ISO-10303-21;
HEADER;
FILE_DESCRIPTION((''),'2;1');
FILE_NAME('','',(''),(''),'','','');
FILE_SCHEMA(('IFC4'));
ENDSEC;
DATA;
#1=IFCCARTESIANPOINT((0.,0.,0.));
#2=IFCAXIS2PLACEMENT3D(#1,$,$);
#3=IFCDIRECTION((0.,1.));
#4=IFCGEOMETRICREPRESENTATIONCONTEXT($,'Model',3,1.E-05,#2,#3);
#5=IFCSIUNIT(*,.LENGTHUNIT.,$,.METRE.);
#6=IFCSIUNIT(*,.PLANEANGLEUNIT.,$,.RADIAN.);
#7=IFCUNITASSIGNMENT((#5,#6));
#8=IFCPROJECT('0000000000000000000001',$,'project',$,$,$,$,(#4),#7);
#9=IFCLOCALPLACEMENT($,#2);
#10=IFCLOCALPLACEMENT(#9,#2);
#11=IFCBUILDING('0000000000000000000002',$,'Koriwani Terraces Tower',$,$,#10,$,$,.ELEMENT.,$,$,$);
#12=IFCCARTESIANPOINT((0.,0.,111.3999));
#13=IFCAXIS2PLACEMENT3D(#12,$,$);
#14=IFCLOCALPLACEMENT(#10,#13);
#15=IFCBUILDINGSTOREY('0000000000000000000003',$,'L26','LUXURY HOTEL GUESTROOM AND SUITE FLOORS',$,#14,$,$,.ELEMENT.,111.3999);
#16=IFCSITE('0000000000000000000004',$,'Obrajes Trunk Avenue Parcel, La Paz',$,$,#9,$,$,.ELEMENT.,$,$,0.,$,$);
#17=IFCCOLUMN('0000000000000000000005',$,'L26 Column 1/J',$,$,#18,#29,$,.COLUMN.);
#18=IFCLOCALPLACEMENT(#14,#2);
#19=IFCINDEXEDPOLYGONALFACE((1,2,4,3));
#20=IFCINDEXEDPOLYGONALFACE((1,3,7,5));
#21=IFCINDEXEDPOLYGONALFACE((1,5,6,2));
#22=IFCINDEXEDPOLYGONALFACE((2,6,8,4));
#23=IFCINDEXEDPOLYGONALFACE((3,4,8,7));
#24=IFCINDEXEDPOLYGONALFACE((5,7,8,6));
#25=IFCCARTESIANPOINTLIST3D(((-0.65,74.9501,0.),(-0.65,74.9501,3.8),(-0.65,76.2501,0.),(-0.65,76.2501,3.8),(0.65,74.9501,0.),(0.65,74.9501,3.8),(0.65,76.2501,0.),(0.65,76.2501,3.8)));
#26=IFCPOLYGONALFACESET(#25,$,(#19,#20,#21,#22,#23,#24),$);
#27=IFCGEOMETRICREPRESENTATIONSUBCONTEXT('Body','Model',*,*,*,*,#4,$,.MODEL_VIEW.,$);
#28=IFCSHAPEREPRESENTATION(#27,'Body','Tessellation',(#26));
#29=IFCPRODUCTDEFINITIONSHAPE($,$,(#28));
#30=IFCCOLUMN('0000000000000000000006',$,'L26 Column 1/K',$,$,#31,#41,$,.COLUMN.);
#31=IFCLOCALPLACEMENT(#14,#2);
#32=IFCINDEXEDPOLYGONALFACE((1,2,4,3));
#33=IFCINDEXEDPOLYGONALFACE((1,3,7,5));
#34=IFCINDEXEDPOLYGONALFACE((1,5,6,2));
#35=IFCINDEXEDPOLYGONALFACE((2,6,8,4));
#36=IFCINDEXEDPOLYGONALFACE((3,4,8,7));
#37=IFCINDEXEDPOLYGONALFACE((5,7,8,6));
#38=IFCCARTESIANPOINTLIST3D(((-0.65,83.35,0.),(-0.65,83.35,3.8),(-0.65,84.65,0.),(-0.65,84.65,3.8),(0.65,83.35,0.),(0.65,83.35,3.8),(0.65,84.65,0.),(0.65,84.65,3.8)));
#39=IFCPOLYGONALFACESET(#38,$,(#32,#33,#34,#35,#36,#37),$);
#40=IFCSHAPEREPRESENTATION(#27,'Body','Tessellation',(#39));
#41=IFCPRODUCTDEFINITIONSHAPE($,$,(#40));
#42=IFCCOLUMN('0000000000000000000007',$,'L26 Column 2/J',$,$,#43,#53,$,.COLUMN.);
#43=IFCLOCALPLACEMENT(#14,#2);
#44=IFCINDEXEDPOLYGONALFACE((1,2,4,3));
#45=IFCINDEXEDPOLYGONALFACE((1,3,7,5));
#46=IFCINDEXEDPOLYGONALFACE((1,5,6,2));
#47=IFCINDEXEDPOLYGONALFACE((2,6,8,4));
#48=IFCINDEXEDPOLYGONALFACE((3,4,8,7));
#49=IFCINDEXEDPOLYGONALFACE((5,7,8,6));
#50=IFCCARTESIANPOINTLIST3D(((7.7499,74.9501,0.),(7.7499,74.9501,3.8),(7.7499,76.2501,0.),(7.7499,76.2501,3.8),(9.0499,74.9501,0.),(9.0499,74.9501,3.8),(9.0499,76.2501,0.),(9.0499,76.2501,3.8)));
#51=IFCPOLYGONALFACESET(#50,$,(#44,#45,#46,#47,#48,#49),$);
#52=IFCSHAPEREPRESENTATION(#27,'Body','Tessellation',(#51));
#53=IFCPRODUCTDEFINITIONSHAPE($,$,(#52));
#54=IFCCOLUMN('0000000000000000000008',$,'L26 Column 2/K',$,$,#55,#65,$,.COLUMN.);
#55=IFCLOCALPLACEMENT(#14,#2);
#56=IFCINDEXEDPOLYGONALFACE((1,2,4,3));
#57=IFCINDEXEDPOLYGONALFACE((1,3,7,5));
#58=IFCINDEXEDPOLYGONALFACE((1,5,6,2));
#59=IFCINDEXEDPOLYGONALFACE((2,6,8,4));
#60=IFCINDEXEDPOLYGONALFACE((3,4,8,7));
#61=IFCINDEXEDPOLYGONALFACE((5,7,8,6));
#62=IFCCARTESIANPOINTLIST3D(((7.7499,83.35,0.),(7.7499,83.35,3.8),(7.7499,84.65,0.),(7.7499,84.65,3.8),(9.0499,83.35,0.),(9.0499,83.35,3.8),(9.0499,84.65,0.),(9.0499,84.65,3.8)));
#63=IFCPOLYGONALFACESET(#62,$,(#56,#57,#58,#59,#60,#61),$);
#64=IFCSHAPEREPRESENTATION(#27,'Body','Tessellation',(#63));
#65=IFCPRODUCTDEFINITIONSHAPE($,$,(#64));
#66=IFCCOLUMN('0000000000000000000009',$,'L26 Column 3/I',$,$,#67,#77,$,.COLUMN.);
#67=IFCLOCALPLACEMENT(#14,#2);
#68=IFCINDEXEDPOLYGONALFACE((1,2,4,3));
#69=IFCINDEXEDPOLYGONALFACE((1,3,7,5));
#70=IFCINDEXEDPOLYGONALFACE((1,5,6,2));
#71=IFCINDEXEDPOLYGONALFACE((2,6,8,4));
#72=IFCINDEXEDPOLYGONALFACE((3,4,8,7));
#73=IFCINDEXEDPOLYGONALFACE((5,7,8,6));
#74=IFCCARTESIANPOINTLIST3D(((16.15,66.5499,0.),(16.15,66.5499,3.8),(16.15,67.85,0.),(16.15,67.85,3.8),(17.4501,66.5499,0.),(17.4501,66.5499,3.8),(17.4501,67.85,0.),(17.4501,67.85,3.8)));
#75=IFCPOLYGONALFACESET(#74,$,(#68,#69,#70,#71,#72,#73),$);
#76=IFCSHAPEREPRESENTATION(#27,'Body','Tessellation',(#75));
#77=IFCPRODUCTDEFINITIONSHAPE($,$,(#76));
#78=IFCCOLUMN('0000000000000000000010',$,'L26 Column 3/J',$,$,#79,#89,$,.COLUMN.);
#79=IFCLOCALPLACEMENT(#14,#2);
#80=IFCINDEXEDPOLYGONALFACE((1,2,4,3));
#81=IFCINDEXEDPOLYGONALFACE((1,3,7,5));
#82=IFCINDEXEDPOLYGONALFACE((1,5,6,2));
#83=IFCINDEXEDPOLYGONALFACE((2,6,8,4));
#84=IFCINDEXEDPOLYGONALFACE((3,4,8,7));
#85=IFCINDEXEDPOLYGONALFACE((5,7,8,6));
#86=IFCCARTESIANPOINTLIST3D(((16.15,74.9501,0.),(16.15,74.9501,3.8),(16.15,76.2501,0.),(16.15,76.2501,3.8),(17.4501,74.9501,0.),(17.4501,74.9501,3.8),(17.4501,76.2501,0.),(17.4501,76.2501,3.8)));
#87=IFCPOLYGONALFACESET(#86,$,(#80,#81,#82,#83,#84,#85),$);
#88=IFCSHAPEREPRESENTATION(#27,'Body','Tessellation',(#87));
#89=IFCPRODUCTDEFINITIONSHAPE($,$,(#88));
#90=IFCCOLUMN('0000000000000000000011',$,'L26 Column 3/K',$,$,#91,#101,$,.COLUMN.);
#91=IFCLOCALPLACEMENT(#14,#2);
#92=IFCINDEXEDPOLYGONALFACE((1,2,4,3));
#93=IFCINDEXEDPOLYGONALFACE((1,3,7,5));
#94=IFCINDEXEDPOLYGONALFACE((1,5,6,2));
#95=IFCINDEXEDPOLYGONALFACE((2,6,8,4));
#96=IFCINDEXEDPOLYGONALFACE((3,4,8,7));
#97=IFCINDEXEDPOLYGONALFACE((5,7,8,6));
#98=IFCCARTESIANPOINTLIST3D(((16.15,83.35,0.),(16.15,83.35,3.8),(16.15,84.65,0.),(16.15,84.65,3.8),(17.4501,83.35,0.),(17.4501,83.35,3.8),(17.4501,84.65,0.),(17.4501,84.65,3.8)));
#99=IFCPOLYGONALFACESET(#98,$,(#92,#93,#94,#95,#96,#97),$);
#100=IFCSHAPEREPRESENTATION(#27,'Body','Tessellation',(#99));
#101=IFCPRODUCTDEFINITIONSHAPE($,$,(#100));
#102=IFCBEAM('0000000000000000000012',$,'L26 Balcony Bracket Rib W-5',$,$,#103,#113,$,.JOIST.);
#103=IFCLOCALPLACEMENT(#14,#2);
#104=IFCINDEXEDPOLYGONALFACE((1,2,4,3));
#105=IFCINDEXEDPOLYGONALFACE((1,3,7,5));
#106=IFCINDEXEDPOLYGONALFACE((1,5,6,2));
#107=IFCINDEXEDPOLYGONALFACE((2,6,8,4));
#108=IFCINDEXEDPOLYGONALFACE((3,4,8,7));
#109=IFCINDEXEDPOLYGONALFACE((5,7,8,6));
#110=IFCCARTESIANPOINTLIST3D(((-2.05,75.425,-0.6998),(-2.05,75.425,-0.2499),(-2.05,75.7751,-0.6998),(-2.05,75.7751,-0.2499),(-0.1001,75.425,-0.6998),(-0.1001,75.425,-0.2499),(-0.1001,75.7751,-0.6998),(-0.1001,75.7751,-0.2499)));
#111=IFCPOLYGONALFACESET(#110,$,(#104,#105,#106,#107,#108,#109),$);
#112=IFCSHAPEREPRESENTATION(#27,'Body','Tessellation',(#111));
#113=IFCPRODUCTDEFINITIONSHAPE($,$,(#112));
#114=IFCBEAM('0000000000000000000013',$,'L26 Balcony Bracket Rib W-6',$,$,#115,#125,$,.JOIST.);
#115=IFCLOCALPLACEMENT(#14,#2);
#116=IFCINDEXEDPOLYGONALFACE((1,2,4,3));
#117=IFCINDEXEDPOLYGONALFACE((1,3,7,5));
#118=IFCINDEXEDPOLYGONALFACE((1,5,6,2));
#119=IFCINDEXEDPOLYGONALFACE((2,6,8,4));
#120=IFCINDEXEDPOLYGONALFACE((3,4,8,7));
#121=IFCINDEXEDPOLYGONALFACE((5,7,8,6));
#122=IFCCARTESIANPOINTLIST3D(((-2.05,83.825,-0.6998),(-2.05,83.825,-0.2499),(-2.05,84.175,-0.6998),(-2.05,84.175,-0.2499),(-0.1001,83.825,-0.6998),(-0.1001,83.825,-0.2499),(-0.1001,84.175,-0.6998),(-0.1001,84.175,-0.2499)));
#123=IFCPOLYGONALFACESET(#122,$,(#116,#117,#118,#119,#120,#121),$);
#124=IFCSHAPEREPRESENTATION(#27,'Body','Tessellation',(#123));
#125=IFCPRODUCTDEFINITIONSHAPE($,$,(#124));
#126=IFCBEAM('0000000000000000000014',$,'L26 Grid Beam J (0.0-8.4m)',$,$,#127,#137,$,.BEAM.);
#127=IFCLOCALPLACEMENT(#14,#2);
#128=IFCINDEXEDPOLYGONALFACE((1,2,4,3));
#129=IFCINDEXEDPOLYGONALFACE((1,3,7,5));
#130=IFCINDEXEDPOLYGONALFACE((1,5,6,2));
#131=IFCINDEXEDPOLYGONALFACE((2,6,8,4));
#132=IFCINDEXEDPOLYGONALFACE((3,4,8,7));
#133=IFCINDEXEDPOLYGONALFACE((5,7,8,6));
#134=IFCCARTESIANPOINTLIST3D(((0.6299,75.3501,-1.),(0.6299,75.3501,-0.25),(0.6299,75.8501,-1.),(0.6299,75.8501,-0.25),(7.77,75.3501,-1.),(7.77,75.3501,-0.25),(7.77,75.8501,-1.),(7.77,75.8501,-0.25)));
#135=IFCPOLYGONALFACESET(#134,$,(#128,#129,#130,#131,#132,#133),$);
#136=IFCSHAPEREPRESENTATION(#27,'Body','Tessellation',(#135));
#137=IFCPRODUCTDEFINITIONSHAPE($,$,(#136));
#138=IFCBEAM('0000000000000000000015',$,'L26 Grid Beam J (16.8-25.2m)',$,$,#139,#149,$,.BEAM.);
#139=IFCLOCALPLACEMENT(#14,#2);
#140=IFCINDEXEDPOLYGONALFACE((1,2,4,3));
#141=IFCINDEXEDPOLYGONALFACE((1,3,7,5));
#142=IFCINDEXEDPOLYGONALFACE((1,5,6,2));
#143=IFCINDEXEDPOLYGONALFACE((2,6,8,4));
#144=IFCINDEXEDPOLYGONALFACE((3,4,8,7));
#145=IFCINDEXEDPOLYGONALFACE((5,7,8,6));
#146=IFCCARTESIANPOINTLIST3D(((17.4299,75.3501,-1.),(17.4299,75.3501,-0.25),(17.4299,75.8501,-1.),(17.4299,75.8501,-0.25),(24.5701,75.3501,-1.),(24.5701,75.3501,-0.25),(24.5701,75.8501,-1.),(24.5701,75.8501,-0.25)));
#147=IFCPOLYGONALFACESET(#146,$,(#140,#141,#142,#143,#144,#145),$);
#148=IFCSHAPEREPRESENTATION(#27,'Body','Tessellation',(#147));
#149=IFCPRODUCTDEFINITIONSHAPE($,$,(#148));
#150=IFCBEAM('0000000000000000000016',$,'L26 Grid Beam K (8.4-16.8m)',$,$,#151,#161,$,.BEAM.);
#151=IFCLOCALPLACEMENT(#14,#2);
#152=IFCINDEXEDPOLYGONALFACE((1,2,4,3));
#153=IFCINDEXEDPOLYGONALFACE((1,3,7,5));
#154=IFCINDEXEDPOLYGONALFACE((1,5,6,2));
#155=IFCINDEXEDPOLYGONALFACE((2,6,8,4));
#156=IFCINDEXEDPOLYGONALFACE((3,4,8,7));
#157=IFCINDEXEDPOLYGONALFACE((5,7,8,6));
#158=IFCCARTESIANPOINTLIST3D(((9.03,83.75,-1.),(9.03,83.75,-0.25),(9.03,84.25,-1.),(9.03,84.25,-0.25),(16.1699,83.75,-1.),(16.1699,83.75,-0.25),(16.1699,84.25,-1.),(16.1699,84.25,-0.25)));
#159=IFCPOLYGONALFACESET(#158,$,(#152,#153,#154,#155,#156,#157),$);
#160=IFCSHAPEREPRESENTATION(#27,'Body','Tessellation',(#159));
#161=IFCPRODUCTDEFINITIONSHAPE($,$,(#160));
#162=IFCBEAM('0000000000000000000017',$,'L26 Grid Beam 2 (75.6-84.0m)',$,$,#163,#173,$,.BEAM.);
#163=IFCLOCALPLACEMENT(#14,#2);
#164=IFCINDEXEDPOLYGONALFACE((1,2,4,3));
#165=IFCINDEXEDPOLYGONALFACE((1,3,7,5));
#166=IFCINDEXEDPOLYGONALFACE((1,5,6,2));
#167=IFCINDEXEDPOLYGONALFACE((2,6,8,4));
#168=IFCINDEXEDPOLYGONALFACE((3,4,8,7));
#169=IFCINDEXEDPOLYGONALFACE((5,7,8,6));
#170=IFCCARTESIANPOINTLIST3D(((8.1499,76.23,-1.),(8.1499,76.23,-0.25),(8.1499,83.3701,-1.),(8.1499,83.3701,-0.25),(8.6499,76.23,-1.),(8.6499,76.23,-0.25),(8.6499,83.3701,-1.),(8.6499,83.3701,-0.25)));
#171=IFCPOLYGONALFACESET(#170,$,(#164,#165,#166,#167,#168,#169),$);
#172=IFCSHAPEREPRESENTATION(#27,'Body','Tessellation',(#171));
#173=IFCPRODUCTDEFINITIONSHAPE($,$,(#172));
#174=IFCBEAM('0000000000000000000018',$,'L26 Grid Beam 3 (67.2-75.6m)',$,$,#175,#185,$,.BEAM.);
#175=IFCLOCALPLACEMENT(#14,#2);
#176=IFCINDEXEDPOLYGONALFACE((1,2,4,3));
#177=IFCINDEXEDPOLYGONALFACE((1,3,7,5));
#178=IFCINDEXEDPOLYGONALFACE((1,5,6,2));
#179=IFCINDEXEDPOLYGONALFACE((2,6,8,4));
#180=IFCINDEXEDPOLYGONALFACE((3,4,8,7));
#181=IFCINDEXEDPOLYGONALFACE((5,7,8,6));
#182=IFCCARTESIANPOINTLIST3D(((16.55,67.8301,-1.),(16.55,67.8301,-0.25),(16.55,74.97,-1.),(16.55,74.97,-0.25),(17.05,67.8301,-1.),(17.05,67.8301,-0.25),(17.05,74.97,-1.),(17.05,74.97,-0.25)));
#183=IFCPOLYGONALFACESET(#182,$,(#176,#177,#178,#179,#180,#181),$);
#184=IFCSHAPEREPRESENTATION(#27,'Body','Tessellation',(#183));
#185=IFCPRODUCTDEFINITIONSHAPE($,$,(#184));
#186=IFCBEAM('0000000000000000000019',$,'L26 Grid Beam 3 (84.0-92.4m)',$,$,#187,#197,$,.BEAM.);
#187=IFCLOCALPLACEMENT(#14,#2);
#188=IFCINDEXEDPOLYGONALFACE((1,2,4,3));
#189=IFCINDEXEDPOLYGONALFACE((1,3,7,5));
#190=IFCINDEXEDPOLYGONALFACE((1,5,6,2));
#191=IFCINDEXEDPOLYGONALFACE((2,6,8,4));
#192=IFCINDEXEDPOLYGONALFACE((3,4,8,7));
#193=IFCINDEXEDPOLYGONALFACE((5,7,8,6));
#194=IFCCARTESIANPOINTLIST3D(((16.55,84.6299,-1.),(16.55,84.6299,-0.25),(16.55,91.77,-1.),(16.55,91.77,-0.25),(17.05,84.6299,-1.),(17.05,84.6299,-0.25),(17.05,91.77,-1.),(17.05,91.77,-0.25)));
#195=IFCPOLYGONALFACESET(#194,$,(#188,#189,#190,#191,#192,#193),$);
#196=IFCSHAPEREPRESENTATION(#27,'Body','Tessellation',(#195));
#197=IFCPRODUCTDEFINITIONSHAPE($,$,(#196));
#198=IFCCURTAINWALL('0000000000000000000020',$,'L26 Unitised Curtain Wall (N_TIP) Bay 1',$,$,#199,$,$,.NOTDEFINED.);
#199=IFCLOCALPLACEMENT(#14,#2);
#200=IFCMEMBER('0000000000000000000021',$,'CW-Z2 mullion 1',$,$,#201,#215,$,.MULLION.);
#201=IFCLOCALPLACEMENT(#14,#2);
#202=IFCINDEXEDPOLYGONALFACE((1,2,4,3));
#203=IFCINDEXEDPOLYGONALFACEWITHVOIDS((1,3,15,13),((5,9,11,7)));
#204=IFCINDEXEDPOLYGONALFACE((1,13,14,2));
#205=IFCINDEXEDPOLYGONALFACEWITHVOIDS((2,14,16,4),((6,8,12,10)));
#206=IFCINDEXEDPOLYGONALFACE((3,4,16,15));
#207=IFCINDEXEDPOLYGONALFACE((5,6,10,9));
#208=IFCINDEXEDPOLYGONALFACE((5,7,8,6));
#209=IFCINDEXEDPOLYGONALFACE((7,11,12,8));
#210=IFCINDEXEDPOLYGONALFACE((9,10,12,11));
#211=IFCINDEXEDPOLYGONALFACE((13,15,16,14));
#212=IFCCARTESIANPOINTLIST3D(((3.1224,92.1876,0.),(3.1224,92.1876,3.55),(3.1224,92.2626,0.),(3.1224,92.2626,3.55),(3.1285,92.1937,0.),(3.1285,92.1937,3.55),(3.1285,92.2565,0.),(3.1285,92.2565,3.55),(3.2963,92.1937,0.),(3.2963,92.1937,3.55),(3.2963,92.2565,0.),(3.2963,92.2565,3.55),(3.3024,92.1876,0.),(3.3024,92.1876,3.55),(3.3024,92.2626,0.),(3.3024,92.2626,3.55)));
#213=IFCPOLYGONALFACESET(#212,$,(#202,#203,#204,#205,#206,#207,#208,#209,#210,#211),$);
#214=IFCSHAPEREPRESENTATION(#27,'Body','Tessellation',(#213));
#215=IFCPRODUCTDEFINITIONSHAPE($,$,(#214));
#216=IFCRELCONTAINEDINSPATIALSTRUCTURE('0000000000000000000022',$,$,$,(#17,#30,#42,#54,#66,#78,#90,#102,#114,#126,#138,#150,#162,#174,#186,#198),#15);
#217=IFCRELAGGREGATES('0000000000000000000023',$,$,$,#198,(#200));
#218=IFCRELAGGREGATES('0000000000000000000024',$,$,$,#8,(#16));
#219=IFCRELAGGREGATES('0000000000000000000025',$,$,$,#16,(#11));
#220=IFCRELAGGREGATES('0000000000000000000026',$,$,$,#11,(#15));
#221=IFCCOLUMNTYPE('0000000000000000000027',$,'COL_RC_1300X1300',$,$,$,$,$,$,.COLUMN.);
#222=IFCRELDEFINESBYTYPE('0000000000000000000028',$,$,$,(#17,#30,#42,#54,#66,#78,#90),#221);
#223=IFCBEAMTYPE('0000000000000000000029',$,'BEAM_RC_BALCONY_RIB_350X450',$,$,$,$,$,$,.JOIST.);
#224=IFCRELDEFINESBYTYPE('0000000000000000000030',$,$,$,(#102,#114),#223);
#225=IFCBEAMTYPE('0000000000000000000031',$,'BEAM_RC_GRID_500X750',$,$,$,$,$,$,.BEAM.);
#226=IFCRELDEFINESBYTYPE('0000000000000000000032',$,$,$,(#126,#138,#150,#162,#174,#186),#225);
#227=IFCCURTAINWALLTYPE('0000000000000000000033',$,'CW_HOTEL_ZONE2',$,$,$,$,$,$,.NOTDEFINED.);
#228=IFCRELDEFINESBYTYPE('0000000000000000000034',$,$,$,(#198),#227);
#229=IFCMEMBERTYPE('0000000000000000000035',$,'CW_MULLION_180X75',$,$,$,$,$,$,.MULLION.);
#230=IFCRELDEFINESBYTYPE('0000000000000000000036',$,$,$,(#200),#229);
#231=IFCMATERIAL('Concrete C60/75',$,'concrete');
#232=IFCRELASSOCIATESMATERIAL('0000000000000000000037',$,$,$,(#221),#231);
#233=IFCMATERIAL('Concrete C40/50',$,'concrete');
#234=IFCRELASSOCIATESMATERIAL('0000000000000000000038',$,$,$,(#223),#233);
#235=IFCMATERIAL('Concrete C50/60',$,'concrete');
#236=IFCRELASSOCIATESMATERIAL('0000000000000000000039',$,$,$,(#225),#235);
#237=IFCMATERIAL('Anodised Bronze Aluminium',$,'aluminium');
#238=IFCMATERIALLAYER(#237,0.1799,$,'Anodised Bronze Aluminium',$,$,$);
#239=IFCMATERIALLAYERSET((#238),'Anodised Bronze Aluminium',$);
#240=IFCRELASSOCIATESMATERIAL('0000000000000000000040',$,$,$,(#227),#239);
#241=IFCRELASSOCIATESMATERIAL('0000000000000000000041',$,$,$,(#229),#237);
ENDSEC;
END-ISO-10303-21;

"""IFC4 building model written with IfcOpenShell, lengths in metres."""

from ifc_helpers import new_model, si_unit, direction, frame, origin, origin_2d, place, context, subcontext, project, spatial, rectangle, hollow_rectangle, extrude, material, layer, layer_set, material_profile, profile_set, type_object, element, aggregate, save


model = new_model("IFC4")

# Units and contexts
model_context = context("Model", 3, precision=1e-05, world=origin(), true_north=direction((0.0, 1.0)))
body_context = subcontext(model_context, "Body", "Model", "MODEL_VIEW")
ifc_project = project(units=[si_unit("LENGTHUNIT", "METRE"), si_unit("PLANEANGLEUNIT", "RADIAN")], contexts=[model_context])

# Site, building, storey
site_placement = place(None, origin())
site = spatial("IfcSite", under=ifc_project, at=site_placement, Name="Obrajes Trunk Avenue Parcel, La Paz", CompositionType="ELEMENT", RefElevation=0.0)
building_placement = place(site_placement, origin())
building = spatial("IfcBuilding", under=site, at=building_placement, Name="Koriwani Terraces Tower", CompositionType="ELEMENT")
storey_placement = place(building_placement, frame((0.0, 0.0, 111.3999)))
storey = spatial("IfcBuildingStorey", under=building, at=storey_placement, Name="L26", Description="LUXURY HOTEL GUESTROOM AND SUITE FLOORS", CompositionType="ELEMENT", Elevation=111.3999)

# Columns
ifc_material_1 = material(Name="Concrete C60/75", Category="concrete")
ifc_material_profile_1 = material_profile(ifc_material_1, rectangle(XDim=1.3, YDim=1.3, at=origin_2d()), Name="Concrete C60/75", Category="LoadBearing")
ifc_profile_set_1 = profile_set([ifc_material_profile_1], Name="Concrete C60/75")
column_type = type_object("IfcColumnType", Name="COL_RC_1300X1300", PredefinedType="COLUMN", material=ifc_profile_set_1)
for number, where, z_axis, x_axis, name in (
    (1, (0.0, 75.6001, 0.0), (0.0, 0.0, 1.0), (1.0, 0.0, 0.0), "L26 Column 1/J"),
    (2, (0.0, 84.0, 0.0), (0.0, 0.0, 1.0), (1.0, 0.0, 0.0), "L26 Column 1/K"),
    (3, (8.3999, 75.6001, 0.0), (0.0, 0.0, 1.0), (1.0, 0.0, 0.0), "L26 Column 2/J"),
    (4, (8.3999, 84.0, 0.0), (0.0, 0.0, 1.0), (1.0, 0.0, 0.0), "L26 Column 2/K"),
    (5, (16.8, 67.2, 0.0), (0.0, 0.0, 1.0), (1.0, 0.0, 0.0), "L26 Column 3/I"),
    (6, (16.8, 75.6001, 0.0), (0.0, 0.0, 1.0), (1.0, 0.0, 0.0), "L26 Column 3/J"),
    (7, (16.8, 84.0, 0.0), (0.0, 0.0, 1.0), (1.0, 0.0, 0.0), "L26 Column 3/K"),
):
    element("IfcColumn", number, at=place(storey_placement, frame(where, z_axis=z_axis, x_axis=x_axis)), inside=storey, type_object=column_type, Name=name, PredefinedType="COLUMN", context=body_context, shape_type="SweptSolid", body=[
        extrude(rectangle(XDim=1.3, YDim=1.3, at=origin_2d()), origin(), (0.0, 0.0, 1.0), 3.8),
    ])

# Beams
ifc_material_2 = material(Name="Concrete C40/50", Category="concrete")
ifc_material_profile_2 = material_profile(ifc_material_2, rectangle(XDim=0.3501, YDim=0.45, at=origin_2d()), Name="Concrete C40/50", Category="LoadBearing")
ifc_profile_set_2 = profile_set([ifc_material_profile_2], Name="Concrete C40/50")
beam_type_1 = type_object("IfcBeamType", Name="BEAM_RC_BALCONY_RIB_350X450", PredefinedType="JOIST", material=ifc_profile_set_2)
for number, where, z_axis, x_axis, name in (
    (8, (-2.05, 75.6001, -0.4749), (1.0, 0.0, 0.0), (0.0, 1.0, 0.0), "L26 Balcony Bracket Rib W-5"),
    (9, (-2.05, 84.0, -0.4749), (1.0, 0.0, 0.0), (0.0, 1.0, 0.0), "L26 Balcony Bracket Rib W-6"),
):
    element("IfcBeam", number, at=place(storey_placement, frame(where, z_axis=z_axis, x_axis=x_axis)), inside=storey, type_object=beam_type_1, Name=name, PredefinedType="JOIST", context=body_context, shape_type="SweptSolid", body=[
        extrude(rectangle(XDim=0.3501, YDim=0.45, at=origin_2d()), origin(), (0.0, 0.0, 1.0), 1.95),
    ])
ifc_material_3 = material(Name="Concrete C50/60", Category="concrete")
ifc_material_profile_3 = material_profile(ifc_material_3, rectangle(XDim=0.5, YDim=0.75, at=origin_2d()), Name="Concrete C50/60", Category="LoadBearing")
ifc_profile_set_3 = profile_set([ifc_material_profile_3], Name="Concrete C50/60")
beam_type_2 = type_object("IfcBeamType", Name="BEAM_RC_GRID_500X750", PredefinedType="BEAM", material=ifc_profile_set_3)
for number, where, z_axis, x_axis, name in (
    (10, (0.6299, 75.6001, -0.625), (1.0, 0.0, 0.0), (0.0, 1.0, 0.0), "L26 Grid Beam J (0.0-8.4m)"),
    (11, (17.4299, 75.6001, -0.625), (1.0, 0.0, 0.0), (0.0, 1.0, 0.0), "L26 Grid Beam J (16.8-25.2m)"),
):
    element("IfcBeam", number, at=place(storey_placement, frame(where, z_axis=z_axis, x_axis=x_axis)), inside=storey, type_object=beam_type_2, Name=name, PredefinedType="BEAM", context=body_context, shape_type="SweptSolid", body=[
        extrude(rectangle(XDim=0.5, YDim=0.75, at=origin_2d()), origin(), (0.0, 0.0, 1.0), 7.1401),
    ])
beam_1_placement = place(storey_placement, frame((9.03, 84.0, -0.625), z_axis=(1.0, 0.0, 0.0), x_axis=(0.0, 1.0, 0.0)))
element("IfcBeam", 12, at=beam_1_placement, inside=storey, type_object=beam_type_2, Name="L26 Grid Beam K (8.4-16.8m)", PredefinedType="BEAM", context=body_context, shape_type="SweptSolid", body=[
    extrude(rectangle(XDim=0.5, YDim=0.75, at=origin_2d()), origin(), (0.0, 0.0, 1.0), 7.1399),
])
beam_2_placement = place(storey_placement, frame((8.3999, 76.23, -0.625), z_axis=(0.0, 1.0, 0.0), x_axis=(-1.0, 0.0, 0.0)))
element("IfcBeam", 13, at=beam_2_placement, inside=storey, type_object=beam_type_2, Name="L26 Grid Beam 2 (75.6-84.0m)", PredefinedType="BEAM", context=body_context, shape_type="SweptSolid", body=[
    extrude(rectangle(XDim=0.5, YDim=0.75, at=origin_2d()), origin(), (0.0, 0.0, 1.0), 7.1401),
])
beam_3_placement = place(storey_placement, frame((16.8, 67.8301, -0.625), z_axis=(0.0, 1.0, 0.0), x_axis=(-1.0, 0.0, 0.0)))
element("IfcBeam", 14, at=beam_3_placement, inside=storey, type_object=beam_type_2, Name="L26 Grid Beam 3 (67.2-75.6m)", PredefinedType="BEAM", context=body_context, shape_type="SweptSolid", body=[
    extrude(rectangle(XDim=0.5, YDim=0.75, at=origin_2d()), origin(), (0.0, 0.0, 1.0), 7.1399),
])
beam_4_placement = place(storey_placement, frame((16.8, 84.6299, -0.625), z_axis=(0.0, 1.0, 0.0), x_axis=(-1.0, 0.0, 0.0)))
element("IfcBeam", 15, at=beam_4_placement, inside=storey, type_object=beam_type_2, Name="L26 Grid Beam 3 (84.0-92.4m)", PredefinedType="BEAM", context=body_context, shape_type="SweptSolid", body=[
    extrude(rectangle(XDim=0.5, YDim=0.75, at=origin_2d()), origin(), (0.0, 0.0, 1.0), 7.1401),
])

# Curtain wall, member
ifc_material_4 = material(Name="Anodised Bronze Aluminium", Category="aluminium")
ifc_layer_1 = layer(ifc_material_4, 0.1799, Name="Anodised Bronze Aluminium")
ifc_layer_set_1 = layer_set([ifc_layer_1], Name="Anodised Bronze Aluminium")
curtain_wall_type = type_object("IfcCurtainWallType", Name="CW_HOTEL_ZONE2", PredefinedType="NOTDEFINED", material=ifc_layer_set_1)
curtain_wall_placement = place(storey_placement, origin())
curtain_wall = element("IfcCurtainWall", 16, at=curtain_wall_placement, inside=storey, type_object=curtain_wall_type, Name="L26 Unitised Curtain Wall (N_TIP) Bay 1", PredefinedType="NOTDEFINED")
ifc_material_profile_4 = material_profile(ifc_material_4, hollow_rectangle(XDim=0.075, YDim=0.1799, WallThickness=0.0061, at=origin_2d()), Name="Anodised Bronze Aluminium", Category="LoadBearing")
ifc_profile_set_4 = profile_set([ifc_material_profile_4], Name="Anodised Bronze Aluminium")
member_type_1 = type_object("IfcMemberType", Name="CW_MULLION_180X75", PredefinedType="MULLION", material=ifc_profile_set_4)
member_1_placement = place(storey_placement, frame((3.2124, 92.2251, 0.0), z_axis=(0.0, 0.0, 1.0), x_axis=(0.0, 1.0, 0.0)))
member_1 = element("IfcMember", 17, at=member_1_placement, type_object=member_type_1, Name="CW-Z2 mullion 1", PredefinedType="MULLION", context=body_context, shape_type="SweptSolid", body=[
    extrude(hollow_rectangle(XDim=0.075, YDim=0.1799, WallThickness=0.0061, at=origin_2d()), origin(), (0.0, 0.0, 1.0), 3.55),
])
aggregate(curtain_wall, [member_1])

save(model, "model.ifc")
